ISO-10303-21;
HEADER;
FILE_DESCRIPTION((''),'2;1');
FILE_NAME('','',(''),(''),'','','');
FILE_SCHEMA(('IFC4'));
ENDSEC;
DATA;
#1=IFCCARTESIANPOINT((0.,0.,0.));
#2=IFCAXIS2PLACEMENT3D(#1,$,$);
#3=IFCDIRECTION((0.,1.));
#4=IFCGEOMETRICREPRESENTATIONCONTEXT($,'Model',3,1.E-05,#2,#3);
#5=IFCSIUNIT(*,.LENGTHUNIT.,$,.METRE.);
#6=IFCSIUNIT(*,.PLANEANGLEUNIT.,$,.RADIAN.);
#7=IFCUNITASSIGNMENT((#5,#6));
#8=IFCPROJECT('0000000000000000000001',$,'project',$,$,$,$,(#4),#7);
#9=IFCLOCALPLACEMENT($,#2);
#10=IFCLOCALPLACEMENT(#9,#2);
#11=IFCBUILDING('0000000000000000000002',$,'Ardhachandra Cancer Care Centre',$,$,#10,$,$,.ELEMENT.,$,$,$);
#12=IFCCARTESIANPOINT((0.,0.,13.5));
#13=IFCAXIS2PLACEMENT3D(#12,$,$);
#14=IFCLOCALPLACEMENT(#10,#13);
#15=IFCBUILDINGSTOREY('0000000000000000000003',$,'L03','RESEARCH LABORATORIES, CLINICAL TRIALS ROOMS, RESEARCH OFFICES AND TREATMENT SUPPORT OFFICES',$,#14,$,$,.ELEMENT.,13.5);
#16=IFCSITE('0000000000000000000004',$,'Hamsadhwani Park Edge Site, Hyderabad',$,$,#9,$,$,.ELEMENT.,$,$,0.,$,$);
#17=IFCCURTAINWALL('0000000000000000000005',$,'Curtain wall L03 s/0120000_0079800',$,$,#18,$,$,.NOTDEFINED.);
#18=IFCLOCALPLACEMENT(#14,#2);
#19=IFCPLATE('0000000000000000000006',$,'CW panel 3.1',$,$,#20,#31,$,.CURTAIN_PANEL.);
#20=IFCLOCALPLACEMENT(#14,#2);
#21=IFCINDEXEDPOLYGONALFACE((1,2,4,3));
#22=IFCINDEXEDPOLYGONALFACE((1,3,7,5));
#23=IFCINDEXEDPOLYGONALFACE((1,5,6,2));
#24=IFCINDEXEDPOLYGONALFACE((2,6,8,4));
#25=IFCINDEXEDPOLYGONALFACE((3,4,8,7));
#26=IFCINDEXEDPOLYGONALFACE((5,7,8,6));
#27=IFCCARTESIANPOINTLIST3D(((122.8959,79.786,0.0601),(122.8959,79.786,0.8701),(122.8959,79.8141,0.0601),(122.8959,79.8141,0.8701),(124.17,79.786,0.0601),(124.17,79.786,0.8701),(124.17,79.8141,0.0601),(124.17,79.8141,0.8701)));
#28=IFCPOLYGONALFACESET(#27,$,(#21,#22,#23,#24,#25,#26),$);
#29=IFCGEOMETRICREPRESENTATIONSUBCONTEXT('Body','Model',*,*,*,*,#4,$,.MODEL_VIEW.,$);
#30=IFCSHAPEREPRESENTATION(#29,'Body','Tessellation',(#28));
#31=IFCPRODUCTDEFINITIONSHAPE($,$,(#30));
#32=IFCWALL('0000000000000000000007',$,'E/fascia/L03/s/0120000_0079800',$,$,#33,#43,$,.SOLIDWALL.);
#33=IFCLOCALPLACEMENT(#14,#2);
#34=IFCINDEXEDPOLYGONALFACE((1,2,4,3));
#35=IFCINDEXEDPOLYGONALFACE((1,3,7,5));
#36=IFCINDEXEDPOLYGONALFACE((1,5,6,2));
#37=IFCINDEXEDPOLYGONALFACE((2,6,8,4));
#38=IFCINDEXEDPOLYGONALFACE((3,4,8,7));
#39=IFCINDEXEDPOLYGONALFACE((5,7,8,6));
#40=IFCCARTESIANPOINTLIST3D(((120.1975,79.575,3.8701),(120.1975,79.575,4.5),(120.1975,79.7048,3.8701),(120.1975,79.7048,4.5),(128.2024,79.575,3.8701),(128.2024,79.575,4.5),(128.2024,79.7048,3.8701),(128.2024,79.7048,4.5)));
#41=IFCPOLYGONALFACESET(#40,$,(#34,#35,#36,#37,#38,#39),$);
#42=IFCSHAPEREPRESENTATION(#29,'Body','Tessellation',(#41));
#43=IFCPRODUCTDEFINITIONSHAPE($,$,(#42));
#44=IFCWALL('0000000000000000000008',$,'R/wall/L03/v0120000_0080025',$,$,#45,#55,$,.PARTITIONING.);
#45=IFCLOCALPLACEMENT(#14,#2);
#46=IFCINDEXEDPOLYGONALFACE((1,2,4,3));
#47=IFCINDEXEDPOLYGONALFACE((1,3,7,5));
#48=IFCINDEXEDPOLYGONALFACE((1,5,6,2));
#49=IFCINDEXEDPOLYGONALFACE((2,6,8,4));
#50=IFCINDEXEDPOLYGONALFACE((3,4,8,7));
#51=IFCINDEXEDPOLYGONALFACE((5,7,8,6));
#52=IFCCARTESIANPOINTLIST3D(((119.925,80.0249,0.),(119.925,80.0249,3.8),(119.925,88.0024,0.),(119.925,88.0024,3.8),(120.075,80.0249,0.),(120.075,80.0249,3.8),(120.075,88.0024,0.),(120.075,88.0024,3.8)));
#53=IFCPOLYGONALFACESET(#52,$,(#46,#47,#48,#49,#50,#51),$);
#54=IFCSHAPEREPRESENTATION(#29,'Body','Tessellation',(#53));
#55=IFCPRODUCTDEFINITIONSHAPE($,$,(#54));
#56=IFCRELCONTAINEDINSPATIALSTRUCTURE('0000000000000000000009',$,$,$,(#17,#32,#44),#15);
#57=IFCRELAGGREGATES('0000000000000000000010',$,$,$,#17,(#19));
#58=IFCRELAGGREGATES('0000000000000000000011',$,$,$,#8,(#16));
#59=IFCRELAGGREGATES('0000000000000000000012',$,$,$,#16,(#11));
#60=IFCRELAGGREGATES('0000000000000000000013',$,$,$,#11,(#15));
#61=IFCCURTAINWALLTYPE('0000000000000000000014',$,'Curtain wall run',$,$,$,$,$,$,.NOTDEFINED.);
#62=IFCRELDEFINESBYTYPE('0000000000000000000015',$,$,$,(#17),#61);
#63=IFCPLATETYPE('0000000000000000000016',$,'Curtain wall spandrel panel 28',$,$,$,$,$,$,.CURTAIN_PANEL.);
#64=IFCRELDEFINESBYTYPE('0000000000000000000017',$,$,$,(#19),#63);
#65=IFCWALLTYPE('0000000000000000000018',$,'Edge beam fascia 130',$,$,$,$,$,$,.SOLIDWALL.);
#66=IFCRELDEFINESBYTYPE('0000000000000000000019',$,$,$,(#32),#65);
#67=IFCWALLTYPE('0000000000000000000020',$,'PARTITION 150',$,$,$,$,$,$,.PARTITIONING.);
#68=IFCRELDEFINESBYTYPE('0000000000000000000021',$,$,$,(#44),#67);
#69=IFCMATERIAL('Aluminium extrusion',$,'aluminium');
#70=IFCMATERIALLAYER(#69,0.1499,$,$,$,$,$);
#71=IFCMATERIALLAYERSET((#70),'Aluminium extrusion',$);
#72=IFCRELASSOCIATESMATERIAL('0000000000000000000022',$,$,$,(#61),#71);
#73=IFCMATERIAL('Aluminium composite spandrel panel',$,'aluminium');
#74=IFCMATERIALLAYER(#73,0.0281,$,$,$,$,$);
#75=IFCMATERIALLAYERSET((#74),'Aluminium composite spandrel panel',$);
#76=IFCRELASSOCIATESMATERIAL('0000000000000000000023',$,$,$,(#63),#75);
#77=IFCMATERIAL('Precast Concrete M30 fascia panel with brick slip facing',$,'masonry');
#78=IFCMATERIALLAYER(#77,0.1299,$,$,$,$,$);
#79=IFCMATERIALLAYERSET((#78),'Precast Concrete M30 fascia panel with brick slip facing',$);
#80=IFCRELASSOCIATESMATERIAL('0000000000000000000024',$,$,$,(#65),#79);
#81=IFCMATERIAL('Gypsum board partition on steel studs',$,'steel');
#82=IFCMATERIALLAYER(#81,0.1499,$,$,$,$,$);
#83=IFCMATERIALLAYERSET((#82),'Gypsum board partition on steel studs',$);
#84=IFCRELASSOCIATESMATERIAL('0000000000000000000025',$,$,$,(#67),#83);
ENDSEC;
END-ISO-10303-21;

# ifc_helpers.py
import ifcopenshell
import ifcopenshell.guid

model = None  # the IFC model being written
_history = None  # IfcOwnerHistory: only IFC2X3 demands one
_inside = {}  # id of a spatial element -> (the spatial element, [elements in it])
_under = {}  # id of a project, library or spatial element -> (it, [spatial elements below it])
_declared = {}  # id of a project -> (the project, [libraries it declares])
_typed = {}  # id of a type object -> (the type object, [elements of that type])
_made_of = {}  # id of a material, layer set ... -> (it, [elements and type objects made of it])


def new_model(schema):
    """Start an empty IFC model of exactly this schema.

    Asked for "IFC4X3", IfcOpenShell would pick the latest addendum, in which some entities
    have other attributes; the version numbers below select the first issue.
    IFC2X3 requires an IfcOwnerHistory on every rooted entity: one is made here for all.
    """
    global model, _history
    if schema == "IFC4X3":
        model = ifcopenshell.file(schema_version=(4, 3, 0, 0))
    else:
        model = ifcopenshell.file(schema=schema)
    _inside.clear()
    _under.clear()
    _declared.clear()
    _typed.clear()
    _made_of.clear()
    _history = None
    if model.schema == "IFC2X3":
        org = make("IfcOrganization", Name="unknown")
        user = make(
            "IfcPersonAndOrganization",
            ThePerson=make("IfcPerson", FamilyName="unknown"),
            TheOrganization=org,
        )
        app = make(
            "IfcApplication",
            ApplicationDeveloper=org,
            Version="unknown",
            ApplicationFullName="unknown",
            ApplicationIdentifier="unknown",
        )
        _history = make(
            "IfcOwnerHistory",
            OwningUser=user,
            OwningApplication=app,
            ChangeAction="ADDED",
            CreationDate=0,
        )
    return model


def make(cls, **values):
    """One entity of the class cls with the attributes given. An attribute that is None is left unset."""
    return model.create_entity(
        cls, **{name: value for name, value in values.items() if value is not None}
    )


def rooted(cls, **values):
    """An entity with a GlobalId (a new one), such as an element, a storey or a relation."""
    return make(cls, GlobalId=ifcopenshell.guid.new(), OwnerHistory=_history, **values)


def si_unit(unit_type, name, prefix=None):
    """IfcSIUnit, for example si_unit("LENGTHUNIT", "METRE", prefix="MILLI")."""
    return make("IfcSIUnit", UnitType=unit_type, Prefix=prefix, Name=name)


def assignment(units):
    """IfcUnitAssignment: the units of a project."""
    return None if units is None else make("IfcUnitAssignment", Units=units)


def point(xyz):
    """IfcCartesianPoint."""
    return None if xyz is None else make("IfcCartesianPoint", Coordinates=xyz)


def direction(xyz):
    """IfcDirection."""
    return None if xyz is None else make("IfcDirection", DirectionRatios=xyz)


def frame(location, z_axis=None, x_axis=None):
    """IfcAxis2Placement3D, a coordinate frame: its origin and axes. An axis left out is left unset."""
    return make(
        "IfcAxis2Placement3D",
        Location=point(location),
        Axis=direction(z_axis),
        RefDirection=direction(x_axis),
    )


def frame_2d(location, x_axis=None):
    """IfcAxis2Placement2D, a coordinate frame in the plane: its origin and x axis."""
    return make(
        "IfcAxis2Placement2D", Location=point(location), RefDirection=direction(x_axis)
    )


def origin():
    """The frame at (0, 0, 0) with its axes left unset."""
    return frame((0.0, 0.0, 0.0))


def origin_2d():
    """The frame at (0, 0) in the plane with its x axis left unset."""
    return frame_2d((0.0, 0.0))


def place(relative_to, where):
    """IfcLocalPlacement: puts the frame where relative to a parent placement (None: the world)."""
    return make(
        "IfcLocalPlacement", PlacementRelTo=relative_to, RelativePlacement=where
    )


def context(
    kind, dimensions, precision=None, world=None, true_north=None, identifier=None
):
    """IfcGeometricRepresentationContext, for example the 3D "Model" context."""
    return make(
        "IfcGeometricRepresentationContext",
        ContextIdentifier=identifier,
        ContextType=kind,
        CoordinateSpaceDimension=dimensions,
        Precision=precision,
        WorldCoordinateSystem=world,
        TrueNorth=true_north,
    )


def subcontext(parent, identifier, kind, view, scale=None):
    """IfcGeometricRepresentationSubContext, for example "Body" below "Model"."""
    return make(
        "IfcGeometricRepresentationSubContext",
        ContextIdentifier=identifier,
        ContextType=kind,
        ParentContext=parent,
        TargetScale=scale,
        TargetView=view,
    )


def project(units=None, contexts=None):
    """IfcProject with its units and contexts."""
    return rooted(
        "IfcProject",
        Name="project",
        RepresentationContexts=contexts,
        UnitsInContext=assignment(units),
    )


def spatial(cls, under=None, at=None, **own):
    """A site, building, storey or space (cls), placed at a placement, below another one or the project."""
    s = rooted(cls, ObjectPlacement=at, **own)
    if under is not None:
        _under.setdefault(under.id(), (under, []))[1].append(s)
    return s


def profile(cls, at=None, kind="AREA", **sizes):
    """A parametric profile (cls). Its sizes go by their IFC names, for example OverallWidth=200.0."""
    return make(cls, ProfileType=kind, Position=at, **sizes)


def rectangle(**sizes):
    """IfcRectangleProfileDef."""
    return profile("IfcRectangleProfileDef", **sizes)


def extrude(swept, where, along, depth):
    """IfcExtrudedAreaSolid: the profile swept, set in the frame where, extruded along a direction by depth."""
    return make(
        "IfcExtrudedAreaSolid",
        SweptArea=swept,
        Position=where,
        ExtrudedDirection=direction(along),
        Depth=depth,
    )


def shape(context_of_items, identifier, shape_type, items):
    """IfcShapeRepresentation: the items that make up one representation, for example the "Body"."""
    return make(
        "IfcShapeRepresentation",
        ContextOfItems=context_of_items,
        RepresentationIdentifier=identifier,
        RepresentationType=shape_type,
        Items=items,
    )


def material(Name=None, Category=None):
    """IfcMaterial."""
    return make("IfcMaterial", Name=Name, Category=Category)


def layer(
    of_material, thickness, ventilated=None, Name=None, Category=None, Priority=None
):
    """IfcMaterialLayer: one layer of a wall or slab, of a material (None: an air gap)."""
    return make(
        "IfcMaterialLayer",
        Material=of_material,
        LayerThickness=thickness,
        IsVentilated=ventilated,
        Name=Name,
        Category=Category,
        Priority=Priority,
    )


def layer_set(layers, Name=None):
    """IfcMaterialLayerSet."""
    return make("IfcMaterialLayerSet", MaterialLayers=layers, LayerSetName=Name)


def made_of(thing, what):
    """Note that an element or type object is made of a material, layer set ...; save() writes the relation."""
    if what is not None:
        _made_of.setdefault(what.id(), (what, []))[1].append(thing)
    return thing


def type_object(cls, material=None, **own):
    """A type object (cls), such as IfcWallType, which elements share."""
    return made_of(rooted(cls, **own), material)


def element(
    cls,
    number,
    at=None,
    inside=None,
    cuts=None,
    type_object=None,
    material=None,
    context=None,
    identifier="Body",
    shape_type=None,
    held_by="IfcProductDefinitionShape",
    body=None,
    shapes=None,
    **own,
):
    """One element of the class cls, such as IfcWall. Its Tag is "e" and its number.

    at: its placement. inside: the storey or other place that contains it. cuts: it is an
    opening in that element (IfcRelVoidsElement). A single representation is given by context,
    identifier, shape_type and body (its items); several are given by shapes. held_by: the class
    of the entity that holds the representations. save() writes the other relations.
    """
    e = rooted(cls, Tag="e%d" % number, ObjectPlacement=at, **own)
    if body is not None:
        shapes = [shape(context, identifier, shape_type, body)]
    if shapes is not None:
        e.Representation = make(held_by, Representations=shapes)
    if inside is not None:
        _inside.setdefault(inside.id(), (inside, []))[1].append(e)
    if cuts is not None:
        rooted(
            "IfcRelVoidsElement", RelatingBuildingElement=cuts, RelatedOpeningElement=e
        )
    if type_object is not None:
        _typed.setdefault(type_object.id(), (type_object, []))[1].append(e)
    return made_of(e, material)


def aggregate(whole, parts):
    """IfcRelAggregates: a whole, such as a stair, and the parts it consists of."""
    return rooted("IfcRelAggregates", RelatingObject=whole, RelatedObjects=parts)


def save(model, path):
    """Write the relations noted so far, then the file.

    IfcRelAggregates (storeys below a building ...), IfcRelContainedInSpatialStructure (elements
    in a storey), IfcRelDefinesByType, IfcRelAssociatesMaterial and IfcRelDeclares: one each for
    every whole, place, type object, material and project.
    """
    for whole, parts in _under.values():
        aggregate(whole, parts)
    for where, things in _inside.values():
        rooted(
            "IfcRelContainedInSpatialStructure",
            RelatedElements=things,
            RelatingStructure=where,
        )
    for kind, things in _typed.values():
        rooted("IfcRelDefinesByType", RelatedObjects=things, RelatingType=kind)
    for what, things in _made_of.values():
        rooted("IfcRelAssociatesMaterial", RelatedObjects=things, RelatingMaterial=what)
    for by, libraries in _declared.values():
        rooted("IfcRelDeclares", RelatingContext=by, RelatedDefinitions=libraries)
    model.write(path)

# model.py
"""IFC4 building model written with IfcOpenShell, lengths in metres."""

from ifc_helpers import new_model, si_unit, direction, frame, frame_2d, origin, origin_2d, place, context, subcontext, project, spatial, rectangle, extrude, material, layer, layer_set, type_object, element, aggregate, save


model = new_model("IFC4")

# Units and contexts
model_context = context("Model", 3, precision=1e-05, world=origin(), true_north=direction((0.0, 1.0)))
body_context = subcontext(model_context, "Body", "Model", "MODEL_VIEW")
ifc_project = project(units=[si_unit("LENGTHUNIT", "METRE"), si_unit("PLANEANGLEUNIT", "RADIAN")], contexts=[model_context])

# Site, building, storey
site_placement = place(None, origin())
site = spatial("IfcSite", under=ifc_project, at=site_placement, Name="Hamsadhwani Park Edge Site, Hyderabad", CompositionType="ELEMENT", RefElevation=0.0)
building_placement = place(site_placement, origin())
building = spatial("IfcBuilding", under=site, at=building_placement, Name="Ardhachandra Cancer Care Centre", CompositionType="ELEMENT")
storey_placement = place(building_placement, frame((0.0, 0.0, 13.5)))
storey = spatial("IfcBuildingStorey", under=building, at=storey_placement, Name="L03", Description="RESEARCH LABORATORIES, CLINICAL TRIALS ROOMS, RESEARCH OFFICES AND TREATMENT SUPPORT OFFICES", CompositionType="ELEMENT", Elevation=13.5)

# Shared definitions
ifc_material_1 = material(Name="Aluminium extrusion", Category="aluminium")
ifc_layer_1 = layer(ifc_material_1, 0.1499)
ifc_layer_set_1 = layer_set([ifc_layer_1], Name="Aluminium extrusion")
curtain_wall_type = type_object("IfcCurtainWallType", Name="Curtain wall run", PredefinedType="NOTDEFINED", material=ifc_layer_set_1)

# Curtain wall
curtain_wall_1_placement = place(storey_placement, origin())
curtain_wall_1 = element("IfcCurtainWall", 1, at=curtain_wall_1_placement, inside=storey, type_object=curtain_wall_type, Name="Curtain wall L03 s/0120000_0079800", PredefinedType="NOTDEFINED")

# Plate
ifc_material_2 = material(Name="Aluminium composite spandrel panel", Category="aluminium")
ifc_layer_2 = layer(ifc_material_2, 0.0281)
ifc_layer_set_2 = layer_set([ifc_layer_2], Name="Aluminium composite spandrel panel")
plate_type_1 = type_object("IfcPlateType", Name="Curtain wall spandrel panel 28", PredefinedType="CURTAIN_PANEL", material=ifc_layer_set_2)
plate_1_placement = place(storey_placement, frame((123.533, 79.8, 0.0601), z_axis=(0.0, 0.0, 1.0), x_axis=(1.0, 0.0, 0.0)))
plate_1 = element("IfcPlate", 2, at=plate_1_placement, type_object=plate_type_1, Name="CW panel 3.1", PredefinedType="CURTAIN_PANEL", context=body_context, shape_type="SweptSolid", body=[
    extrude(rectangle(XDim=1.2742, YDim=0.0281, at=origin_2d()), origin(), (0.0, 0.0, 1.0), 0.8101),
])
aggregate(curtain_wall_1, [plate_1])

# Walls
ifc_material_3 = material(Name="Precast Concrete M30 fascia panel with brick slip facing", Category="masonry")
ifc_layer_3 = layer(ifc_material_3, 0.1299)
ifc_layer_set_3 = layer_set([ifc_layer_3], Name="Precast Concrete M30 fascia panel with brick slip facing")
wall_type_1 = type_object("IfcWallType", Name="Edge beam fascia 130", PredefinedType="SOLIDWALL", material=ifc_layer_set_3)
wall_1_placement = place(storey_placement, frame((120.1975, 79.6399, 3.8701), z_axis=(0.0, 0.0, 1.0), x_axis=(1.0, 0.0, 0.0)))
element("IfcWall", 3, at=wall_1_placement, inside=storey, type_object=wall_type_1, Name="E/fascia/L03/s/0120000_0079800", PredefinedType="SOLIDWALL", context=body_context, shape_type="SweptSolid", body=[
    extrude(rectangle(XDim=8.0049, YDim=0.1299, at=frame_2d((4.0024, 0.0))), origin(), (0.0, 0.0, 1.0), 0.6299),
])
ifc_material_4 = material(Name="Gypsum board partition on steel studs", Category="steel")
ifc_layer_4 = layer(ifc_material_4, 0.1499)
ifc_layer_set_4 = layer_set([ifc_layer_4], Name="Gypsum board partition on steel studs")
wall_type_2 = type_object("IfcWallType", Name="PARTITION 150", PredefinedType="PARTITIONING", material=ifc_layer_set_4)
wall_2_placement = place(storey_placement, frame((120.0, 80.0249, 0.0), z_axis=(0.0, 0.0, 1.0), x_axis=(0.0, 1.0, 0.0)))
element("IfcWall", 4, at=wall_2_placement, inside=storey, type_object=wall_type_2, Name="R/wall/L03/v0120000_0080025", PredefinedType="PARTITIONING", context=body_context, shape_type="SweptSolid", body=[
    extrude(rectangle(XDim=7.9775, YDim=0.1499, at=frame_2d((3.9888, 0.0))), origin(), (0.0, 0.0, 1.0), 3.8),
])

save(model, "model.ifc")
